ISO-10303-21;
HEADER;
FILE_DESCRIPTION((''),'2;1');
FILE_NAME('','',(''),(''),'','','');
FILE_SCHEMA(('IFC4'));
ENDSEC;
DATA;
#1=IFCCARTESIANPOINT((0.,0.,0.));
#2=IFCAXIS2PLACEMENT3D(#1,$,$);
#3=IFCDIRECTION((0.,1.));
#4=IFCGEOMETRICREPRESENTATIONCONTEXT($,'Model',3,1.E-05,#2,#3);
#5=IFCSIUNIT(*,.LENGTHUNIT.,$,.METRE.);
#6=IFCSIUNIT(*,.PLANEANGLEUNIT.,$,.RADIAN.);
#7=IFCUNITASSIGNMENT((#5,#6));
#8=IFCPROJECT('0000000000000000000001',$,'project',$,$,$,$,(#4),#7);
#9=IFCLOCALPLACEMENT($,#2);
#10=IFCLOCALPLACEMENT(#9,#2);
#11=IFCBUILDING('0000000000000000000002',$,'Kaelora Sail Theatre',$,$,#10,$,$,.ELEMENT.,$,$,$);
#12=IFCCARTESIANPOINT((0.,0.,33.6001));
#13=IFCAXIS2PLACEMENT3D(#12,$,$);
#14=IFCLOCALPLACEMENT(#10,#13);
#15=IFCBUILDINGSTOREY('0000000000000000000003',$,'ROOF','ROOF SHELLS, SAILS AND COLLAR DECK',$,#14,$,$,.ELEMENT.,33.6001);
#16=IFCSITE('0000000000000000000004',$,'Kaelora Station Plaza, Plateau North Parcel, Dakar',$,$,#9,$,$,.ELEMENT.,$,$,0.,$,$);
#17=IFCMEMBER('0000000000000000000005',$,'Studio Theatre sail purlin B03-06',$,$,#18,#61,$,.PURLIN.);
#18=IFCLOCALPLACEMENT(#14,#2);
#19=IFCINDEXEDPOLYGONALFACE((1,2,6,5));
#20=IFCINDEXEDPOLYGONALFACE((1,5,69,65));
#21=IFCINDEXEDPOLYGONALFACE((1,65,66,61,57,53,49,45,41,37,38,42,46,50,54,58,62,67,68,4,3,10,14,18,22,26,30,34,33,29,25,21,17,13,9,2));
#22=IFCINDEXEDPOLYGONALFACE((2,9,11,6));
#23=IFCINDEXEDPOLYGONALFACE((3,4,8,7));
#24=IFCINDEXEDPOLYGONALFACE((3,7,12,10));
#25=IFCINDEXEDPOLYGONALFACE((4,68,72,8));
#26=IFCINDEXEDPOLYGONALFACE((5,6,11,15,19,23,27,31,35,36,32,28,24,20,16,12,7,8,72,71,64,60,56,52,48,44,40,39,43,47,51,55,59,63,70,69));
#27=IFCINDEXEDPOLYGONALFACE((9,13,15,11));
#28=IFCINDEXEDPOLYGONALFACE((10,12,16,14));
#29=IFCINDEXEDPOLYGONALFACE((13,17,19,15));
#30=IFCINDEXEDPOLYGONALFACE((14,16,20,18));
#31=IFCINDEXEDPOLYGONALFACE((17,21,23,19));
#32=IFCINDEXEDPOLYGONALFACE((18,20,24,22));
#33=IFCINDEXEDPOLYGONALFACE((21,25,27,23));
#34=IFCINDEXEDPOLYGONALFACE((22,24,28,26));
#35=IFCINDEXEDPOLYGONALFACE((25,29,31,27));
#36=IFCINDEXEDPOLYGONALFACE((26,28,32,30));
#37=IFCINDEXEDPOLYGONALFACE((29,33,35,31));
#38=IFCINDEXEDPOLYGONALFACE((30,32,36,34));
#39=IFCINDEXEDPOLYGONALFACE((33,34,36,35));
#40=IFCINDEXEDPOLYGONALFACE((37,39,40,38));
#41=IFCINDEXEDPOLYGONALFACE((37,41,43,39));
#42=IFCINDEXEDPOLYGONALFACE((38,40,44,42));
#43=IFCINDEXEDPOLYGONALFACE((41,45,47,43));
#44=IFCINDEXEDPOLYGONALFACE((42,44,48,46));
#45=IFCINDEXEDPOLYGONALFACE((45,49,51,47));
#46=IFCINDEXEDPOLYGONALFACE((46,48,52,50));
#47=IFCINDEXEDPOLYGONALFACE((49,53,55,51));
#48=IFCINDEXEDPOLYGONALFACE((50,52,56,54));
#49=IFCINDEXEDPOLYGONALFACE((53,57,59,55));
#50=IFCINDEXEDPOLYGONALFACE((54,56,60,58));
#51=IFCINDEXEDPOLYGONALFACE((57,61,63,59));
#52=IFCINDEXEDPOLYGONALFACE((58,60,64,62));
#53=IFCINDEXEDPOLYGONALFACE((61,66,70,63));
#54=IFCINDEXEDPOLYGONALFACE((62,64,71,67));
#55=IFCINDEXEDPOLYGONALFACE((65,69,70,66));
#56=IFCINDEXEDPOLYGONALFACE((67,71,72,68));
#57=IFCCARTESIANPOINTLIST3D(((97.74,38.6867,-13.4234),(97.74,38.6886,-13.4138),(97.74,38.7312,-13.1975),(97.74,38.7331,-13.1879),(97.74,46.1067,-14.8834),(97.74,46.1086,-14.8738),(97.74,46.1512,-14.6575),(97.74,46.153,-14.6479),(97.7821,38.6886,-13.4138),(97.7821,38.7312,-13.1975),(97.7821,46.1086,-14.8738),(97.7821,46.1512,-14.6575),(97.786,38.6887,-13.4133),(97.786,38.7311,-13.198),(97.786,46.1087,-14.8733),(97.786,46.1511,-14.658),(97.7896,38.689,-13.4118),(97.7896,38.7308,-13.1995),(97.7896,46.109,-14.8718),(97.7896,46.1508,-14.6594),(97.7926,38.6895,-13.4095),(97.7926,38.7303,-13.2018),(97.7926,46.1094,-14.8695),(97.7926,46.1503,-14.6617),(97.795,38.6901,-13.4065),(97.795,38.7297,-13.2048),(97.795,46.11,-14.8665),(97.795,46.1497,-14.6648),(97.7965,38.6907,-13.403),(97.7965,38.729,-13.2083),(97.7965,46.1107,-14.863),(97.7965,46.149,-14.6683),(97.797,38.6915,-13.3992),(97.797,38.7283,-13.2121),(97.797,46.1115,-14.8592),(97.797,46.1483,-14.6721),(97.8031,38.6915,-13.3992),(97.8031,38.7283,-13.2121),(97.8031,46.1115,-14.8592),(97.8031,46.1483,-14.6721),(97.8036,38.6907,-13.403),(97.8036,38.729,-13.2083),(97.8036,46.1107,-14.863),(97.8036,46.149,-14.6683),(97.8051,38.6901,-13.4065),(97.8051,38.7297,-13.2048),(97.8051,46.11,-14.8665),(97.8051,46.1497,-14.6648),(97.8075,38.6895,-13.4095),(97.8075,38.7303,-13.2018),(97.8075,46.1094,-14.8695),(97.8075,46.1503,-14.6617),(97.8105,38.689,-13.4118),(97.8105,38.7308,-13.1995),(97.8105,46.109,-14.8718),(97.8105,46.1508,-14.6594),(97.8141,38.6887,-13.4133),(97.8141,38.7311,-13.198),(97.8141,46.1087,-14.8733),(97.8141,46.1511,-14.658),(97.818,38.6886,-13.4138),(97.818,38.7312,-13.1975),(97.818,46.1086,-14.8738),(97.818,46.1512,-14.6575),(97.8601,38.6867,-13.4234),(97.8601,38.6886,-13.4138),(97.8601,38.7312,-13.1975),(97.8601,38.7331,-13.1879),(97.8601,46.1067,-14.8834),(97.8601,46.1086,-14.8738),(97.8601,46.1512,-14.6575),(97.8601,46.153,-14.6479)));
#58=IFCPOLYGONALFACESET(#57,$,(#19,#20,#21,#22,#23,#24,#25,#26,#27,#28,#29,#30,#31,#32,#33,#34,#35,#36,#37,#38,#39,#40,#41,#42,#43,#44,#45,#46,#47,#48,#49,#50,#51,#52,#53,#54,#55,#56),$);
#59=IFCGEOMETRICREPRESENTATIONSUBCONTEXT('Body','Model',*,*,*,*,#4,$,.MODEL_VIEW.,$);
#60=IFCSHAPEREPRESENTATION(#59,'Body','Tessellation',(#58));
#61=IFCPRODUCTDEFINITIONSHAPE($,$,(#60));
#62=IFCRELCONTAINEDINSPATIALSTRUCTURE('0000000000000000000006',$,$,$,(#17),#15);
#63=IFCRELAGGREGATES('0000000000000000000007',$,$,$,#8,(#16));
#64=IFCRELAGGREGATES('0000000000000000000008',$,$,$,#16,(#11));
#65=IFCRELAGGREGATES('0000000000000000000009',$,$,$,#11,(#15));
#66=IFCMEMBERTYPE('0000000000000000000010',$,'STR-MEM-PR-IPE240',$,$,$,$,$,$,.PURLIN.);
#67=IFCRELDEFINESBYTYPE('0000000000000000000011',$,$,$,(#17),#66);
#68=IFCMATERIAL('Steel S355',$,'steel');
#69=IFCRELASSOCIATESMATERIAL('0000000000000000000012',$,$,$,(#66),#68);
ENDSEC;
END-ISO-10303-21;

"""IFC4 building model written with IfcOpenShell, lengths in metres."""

from ifc_helpers import new_model, si_unit, direction, frame, origin, origin_2d, place, context, subcontext, project, spatial, i_section, extrude, material, material_profile, profile_set, type_object, element, save


model = new_model("IFC4")

# Units and contexts
model_context = context("Model", 3, precision=1e-05, world=origin(), true_north=direction((0.0, 1.0)))
body_context = subcontext(model_context, "Body", "Model", "MODEL_VIEW")
ifc_project = project(units=[si_unit("LENGTHUNIT", "METRE"), si_unit("PLANEANGLEUNIT", "RADIAN")], contexts=[model_context])

# Site, building, storey
site_placement = place(None, origin())
site = spatial("IfcSite", under=ifc_project, at=site_placement, Name="Kaelora Station Plaza, Plateau North Parcel, Dakar", CompositionType="ELEMENT", RefElevation=0.0)
building_placement = place(site_placement, origin())
building = spatial("IfcBuilding", under=site, at=building_placement, Name="Kaelora Sail Theatre", CompositionType="ELEMENT")
storey_placement = place(building_placement, frame((0.0, 0.0, 33.6001)))
storey = spatial("IfcBuildingStorey", under=building, at=storey_placement, Name="ROOF", Description="ROOF SHELLS, SAILS AND COLLAR DECK", CompositionType="ELEMENT", Elevation=33.6001)

# Member
ifc_material_1 = material(Name="Steel S355", Category="steel")
ifc_material_profile_1 = material_profile(ifc_material_1, i_section(OverallWidth=0.1201, OverallDepth=0.24, WebThickness=0.0061, FlangeThickness=0.0098, FilletRadius=0.0149, at=origin_2d()), Name="IPE 240")
ifc_profile_set_1 = profile_set([ifc_material_profile_1], Name="Steel S355")
member_type = type_object("IfcMemberType", Name="STR-MEM-PR-IPE240", PredefinedType="PURLIN", material=ifc_profile_set_1)
for number, where, z_axis, x_axis, name in (
    (1, (97.8, 46.1299, -14.7656), (0.0, -0.981187, 0.193061), (1.0, 0.0, 0.0), "Studio Theatre sail purlin B03-06"),
):
    element("IfcMember", number, at=place(storey_placement, frame(where, z_axis=z_axis, x_axis=x_axis)), inside=storey, type_object=member_type, Name=name, PredefinedType="PURLIN", context=body_context, shape_type="SweptSolid", body=[
        extrude(i_section(OverallWidth=0.1201, OverallDepth=0.24, WebThickness=0.0061, FlangeThickness=0.0098, FilletRadius=0.0149, at=origin_2d()), origin(), (0.0, 0.0, 1.0), 7.5623),
    ])

save(model, "model.ifc")
